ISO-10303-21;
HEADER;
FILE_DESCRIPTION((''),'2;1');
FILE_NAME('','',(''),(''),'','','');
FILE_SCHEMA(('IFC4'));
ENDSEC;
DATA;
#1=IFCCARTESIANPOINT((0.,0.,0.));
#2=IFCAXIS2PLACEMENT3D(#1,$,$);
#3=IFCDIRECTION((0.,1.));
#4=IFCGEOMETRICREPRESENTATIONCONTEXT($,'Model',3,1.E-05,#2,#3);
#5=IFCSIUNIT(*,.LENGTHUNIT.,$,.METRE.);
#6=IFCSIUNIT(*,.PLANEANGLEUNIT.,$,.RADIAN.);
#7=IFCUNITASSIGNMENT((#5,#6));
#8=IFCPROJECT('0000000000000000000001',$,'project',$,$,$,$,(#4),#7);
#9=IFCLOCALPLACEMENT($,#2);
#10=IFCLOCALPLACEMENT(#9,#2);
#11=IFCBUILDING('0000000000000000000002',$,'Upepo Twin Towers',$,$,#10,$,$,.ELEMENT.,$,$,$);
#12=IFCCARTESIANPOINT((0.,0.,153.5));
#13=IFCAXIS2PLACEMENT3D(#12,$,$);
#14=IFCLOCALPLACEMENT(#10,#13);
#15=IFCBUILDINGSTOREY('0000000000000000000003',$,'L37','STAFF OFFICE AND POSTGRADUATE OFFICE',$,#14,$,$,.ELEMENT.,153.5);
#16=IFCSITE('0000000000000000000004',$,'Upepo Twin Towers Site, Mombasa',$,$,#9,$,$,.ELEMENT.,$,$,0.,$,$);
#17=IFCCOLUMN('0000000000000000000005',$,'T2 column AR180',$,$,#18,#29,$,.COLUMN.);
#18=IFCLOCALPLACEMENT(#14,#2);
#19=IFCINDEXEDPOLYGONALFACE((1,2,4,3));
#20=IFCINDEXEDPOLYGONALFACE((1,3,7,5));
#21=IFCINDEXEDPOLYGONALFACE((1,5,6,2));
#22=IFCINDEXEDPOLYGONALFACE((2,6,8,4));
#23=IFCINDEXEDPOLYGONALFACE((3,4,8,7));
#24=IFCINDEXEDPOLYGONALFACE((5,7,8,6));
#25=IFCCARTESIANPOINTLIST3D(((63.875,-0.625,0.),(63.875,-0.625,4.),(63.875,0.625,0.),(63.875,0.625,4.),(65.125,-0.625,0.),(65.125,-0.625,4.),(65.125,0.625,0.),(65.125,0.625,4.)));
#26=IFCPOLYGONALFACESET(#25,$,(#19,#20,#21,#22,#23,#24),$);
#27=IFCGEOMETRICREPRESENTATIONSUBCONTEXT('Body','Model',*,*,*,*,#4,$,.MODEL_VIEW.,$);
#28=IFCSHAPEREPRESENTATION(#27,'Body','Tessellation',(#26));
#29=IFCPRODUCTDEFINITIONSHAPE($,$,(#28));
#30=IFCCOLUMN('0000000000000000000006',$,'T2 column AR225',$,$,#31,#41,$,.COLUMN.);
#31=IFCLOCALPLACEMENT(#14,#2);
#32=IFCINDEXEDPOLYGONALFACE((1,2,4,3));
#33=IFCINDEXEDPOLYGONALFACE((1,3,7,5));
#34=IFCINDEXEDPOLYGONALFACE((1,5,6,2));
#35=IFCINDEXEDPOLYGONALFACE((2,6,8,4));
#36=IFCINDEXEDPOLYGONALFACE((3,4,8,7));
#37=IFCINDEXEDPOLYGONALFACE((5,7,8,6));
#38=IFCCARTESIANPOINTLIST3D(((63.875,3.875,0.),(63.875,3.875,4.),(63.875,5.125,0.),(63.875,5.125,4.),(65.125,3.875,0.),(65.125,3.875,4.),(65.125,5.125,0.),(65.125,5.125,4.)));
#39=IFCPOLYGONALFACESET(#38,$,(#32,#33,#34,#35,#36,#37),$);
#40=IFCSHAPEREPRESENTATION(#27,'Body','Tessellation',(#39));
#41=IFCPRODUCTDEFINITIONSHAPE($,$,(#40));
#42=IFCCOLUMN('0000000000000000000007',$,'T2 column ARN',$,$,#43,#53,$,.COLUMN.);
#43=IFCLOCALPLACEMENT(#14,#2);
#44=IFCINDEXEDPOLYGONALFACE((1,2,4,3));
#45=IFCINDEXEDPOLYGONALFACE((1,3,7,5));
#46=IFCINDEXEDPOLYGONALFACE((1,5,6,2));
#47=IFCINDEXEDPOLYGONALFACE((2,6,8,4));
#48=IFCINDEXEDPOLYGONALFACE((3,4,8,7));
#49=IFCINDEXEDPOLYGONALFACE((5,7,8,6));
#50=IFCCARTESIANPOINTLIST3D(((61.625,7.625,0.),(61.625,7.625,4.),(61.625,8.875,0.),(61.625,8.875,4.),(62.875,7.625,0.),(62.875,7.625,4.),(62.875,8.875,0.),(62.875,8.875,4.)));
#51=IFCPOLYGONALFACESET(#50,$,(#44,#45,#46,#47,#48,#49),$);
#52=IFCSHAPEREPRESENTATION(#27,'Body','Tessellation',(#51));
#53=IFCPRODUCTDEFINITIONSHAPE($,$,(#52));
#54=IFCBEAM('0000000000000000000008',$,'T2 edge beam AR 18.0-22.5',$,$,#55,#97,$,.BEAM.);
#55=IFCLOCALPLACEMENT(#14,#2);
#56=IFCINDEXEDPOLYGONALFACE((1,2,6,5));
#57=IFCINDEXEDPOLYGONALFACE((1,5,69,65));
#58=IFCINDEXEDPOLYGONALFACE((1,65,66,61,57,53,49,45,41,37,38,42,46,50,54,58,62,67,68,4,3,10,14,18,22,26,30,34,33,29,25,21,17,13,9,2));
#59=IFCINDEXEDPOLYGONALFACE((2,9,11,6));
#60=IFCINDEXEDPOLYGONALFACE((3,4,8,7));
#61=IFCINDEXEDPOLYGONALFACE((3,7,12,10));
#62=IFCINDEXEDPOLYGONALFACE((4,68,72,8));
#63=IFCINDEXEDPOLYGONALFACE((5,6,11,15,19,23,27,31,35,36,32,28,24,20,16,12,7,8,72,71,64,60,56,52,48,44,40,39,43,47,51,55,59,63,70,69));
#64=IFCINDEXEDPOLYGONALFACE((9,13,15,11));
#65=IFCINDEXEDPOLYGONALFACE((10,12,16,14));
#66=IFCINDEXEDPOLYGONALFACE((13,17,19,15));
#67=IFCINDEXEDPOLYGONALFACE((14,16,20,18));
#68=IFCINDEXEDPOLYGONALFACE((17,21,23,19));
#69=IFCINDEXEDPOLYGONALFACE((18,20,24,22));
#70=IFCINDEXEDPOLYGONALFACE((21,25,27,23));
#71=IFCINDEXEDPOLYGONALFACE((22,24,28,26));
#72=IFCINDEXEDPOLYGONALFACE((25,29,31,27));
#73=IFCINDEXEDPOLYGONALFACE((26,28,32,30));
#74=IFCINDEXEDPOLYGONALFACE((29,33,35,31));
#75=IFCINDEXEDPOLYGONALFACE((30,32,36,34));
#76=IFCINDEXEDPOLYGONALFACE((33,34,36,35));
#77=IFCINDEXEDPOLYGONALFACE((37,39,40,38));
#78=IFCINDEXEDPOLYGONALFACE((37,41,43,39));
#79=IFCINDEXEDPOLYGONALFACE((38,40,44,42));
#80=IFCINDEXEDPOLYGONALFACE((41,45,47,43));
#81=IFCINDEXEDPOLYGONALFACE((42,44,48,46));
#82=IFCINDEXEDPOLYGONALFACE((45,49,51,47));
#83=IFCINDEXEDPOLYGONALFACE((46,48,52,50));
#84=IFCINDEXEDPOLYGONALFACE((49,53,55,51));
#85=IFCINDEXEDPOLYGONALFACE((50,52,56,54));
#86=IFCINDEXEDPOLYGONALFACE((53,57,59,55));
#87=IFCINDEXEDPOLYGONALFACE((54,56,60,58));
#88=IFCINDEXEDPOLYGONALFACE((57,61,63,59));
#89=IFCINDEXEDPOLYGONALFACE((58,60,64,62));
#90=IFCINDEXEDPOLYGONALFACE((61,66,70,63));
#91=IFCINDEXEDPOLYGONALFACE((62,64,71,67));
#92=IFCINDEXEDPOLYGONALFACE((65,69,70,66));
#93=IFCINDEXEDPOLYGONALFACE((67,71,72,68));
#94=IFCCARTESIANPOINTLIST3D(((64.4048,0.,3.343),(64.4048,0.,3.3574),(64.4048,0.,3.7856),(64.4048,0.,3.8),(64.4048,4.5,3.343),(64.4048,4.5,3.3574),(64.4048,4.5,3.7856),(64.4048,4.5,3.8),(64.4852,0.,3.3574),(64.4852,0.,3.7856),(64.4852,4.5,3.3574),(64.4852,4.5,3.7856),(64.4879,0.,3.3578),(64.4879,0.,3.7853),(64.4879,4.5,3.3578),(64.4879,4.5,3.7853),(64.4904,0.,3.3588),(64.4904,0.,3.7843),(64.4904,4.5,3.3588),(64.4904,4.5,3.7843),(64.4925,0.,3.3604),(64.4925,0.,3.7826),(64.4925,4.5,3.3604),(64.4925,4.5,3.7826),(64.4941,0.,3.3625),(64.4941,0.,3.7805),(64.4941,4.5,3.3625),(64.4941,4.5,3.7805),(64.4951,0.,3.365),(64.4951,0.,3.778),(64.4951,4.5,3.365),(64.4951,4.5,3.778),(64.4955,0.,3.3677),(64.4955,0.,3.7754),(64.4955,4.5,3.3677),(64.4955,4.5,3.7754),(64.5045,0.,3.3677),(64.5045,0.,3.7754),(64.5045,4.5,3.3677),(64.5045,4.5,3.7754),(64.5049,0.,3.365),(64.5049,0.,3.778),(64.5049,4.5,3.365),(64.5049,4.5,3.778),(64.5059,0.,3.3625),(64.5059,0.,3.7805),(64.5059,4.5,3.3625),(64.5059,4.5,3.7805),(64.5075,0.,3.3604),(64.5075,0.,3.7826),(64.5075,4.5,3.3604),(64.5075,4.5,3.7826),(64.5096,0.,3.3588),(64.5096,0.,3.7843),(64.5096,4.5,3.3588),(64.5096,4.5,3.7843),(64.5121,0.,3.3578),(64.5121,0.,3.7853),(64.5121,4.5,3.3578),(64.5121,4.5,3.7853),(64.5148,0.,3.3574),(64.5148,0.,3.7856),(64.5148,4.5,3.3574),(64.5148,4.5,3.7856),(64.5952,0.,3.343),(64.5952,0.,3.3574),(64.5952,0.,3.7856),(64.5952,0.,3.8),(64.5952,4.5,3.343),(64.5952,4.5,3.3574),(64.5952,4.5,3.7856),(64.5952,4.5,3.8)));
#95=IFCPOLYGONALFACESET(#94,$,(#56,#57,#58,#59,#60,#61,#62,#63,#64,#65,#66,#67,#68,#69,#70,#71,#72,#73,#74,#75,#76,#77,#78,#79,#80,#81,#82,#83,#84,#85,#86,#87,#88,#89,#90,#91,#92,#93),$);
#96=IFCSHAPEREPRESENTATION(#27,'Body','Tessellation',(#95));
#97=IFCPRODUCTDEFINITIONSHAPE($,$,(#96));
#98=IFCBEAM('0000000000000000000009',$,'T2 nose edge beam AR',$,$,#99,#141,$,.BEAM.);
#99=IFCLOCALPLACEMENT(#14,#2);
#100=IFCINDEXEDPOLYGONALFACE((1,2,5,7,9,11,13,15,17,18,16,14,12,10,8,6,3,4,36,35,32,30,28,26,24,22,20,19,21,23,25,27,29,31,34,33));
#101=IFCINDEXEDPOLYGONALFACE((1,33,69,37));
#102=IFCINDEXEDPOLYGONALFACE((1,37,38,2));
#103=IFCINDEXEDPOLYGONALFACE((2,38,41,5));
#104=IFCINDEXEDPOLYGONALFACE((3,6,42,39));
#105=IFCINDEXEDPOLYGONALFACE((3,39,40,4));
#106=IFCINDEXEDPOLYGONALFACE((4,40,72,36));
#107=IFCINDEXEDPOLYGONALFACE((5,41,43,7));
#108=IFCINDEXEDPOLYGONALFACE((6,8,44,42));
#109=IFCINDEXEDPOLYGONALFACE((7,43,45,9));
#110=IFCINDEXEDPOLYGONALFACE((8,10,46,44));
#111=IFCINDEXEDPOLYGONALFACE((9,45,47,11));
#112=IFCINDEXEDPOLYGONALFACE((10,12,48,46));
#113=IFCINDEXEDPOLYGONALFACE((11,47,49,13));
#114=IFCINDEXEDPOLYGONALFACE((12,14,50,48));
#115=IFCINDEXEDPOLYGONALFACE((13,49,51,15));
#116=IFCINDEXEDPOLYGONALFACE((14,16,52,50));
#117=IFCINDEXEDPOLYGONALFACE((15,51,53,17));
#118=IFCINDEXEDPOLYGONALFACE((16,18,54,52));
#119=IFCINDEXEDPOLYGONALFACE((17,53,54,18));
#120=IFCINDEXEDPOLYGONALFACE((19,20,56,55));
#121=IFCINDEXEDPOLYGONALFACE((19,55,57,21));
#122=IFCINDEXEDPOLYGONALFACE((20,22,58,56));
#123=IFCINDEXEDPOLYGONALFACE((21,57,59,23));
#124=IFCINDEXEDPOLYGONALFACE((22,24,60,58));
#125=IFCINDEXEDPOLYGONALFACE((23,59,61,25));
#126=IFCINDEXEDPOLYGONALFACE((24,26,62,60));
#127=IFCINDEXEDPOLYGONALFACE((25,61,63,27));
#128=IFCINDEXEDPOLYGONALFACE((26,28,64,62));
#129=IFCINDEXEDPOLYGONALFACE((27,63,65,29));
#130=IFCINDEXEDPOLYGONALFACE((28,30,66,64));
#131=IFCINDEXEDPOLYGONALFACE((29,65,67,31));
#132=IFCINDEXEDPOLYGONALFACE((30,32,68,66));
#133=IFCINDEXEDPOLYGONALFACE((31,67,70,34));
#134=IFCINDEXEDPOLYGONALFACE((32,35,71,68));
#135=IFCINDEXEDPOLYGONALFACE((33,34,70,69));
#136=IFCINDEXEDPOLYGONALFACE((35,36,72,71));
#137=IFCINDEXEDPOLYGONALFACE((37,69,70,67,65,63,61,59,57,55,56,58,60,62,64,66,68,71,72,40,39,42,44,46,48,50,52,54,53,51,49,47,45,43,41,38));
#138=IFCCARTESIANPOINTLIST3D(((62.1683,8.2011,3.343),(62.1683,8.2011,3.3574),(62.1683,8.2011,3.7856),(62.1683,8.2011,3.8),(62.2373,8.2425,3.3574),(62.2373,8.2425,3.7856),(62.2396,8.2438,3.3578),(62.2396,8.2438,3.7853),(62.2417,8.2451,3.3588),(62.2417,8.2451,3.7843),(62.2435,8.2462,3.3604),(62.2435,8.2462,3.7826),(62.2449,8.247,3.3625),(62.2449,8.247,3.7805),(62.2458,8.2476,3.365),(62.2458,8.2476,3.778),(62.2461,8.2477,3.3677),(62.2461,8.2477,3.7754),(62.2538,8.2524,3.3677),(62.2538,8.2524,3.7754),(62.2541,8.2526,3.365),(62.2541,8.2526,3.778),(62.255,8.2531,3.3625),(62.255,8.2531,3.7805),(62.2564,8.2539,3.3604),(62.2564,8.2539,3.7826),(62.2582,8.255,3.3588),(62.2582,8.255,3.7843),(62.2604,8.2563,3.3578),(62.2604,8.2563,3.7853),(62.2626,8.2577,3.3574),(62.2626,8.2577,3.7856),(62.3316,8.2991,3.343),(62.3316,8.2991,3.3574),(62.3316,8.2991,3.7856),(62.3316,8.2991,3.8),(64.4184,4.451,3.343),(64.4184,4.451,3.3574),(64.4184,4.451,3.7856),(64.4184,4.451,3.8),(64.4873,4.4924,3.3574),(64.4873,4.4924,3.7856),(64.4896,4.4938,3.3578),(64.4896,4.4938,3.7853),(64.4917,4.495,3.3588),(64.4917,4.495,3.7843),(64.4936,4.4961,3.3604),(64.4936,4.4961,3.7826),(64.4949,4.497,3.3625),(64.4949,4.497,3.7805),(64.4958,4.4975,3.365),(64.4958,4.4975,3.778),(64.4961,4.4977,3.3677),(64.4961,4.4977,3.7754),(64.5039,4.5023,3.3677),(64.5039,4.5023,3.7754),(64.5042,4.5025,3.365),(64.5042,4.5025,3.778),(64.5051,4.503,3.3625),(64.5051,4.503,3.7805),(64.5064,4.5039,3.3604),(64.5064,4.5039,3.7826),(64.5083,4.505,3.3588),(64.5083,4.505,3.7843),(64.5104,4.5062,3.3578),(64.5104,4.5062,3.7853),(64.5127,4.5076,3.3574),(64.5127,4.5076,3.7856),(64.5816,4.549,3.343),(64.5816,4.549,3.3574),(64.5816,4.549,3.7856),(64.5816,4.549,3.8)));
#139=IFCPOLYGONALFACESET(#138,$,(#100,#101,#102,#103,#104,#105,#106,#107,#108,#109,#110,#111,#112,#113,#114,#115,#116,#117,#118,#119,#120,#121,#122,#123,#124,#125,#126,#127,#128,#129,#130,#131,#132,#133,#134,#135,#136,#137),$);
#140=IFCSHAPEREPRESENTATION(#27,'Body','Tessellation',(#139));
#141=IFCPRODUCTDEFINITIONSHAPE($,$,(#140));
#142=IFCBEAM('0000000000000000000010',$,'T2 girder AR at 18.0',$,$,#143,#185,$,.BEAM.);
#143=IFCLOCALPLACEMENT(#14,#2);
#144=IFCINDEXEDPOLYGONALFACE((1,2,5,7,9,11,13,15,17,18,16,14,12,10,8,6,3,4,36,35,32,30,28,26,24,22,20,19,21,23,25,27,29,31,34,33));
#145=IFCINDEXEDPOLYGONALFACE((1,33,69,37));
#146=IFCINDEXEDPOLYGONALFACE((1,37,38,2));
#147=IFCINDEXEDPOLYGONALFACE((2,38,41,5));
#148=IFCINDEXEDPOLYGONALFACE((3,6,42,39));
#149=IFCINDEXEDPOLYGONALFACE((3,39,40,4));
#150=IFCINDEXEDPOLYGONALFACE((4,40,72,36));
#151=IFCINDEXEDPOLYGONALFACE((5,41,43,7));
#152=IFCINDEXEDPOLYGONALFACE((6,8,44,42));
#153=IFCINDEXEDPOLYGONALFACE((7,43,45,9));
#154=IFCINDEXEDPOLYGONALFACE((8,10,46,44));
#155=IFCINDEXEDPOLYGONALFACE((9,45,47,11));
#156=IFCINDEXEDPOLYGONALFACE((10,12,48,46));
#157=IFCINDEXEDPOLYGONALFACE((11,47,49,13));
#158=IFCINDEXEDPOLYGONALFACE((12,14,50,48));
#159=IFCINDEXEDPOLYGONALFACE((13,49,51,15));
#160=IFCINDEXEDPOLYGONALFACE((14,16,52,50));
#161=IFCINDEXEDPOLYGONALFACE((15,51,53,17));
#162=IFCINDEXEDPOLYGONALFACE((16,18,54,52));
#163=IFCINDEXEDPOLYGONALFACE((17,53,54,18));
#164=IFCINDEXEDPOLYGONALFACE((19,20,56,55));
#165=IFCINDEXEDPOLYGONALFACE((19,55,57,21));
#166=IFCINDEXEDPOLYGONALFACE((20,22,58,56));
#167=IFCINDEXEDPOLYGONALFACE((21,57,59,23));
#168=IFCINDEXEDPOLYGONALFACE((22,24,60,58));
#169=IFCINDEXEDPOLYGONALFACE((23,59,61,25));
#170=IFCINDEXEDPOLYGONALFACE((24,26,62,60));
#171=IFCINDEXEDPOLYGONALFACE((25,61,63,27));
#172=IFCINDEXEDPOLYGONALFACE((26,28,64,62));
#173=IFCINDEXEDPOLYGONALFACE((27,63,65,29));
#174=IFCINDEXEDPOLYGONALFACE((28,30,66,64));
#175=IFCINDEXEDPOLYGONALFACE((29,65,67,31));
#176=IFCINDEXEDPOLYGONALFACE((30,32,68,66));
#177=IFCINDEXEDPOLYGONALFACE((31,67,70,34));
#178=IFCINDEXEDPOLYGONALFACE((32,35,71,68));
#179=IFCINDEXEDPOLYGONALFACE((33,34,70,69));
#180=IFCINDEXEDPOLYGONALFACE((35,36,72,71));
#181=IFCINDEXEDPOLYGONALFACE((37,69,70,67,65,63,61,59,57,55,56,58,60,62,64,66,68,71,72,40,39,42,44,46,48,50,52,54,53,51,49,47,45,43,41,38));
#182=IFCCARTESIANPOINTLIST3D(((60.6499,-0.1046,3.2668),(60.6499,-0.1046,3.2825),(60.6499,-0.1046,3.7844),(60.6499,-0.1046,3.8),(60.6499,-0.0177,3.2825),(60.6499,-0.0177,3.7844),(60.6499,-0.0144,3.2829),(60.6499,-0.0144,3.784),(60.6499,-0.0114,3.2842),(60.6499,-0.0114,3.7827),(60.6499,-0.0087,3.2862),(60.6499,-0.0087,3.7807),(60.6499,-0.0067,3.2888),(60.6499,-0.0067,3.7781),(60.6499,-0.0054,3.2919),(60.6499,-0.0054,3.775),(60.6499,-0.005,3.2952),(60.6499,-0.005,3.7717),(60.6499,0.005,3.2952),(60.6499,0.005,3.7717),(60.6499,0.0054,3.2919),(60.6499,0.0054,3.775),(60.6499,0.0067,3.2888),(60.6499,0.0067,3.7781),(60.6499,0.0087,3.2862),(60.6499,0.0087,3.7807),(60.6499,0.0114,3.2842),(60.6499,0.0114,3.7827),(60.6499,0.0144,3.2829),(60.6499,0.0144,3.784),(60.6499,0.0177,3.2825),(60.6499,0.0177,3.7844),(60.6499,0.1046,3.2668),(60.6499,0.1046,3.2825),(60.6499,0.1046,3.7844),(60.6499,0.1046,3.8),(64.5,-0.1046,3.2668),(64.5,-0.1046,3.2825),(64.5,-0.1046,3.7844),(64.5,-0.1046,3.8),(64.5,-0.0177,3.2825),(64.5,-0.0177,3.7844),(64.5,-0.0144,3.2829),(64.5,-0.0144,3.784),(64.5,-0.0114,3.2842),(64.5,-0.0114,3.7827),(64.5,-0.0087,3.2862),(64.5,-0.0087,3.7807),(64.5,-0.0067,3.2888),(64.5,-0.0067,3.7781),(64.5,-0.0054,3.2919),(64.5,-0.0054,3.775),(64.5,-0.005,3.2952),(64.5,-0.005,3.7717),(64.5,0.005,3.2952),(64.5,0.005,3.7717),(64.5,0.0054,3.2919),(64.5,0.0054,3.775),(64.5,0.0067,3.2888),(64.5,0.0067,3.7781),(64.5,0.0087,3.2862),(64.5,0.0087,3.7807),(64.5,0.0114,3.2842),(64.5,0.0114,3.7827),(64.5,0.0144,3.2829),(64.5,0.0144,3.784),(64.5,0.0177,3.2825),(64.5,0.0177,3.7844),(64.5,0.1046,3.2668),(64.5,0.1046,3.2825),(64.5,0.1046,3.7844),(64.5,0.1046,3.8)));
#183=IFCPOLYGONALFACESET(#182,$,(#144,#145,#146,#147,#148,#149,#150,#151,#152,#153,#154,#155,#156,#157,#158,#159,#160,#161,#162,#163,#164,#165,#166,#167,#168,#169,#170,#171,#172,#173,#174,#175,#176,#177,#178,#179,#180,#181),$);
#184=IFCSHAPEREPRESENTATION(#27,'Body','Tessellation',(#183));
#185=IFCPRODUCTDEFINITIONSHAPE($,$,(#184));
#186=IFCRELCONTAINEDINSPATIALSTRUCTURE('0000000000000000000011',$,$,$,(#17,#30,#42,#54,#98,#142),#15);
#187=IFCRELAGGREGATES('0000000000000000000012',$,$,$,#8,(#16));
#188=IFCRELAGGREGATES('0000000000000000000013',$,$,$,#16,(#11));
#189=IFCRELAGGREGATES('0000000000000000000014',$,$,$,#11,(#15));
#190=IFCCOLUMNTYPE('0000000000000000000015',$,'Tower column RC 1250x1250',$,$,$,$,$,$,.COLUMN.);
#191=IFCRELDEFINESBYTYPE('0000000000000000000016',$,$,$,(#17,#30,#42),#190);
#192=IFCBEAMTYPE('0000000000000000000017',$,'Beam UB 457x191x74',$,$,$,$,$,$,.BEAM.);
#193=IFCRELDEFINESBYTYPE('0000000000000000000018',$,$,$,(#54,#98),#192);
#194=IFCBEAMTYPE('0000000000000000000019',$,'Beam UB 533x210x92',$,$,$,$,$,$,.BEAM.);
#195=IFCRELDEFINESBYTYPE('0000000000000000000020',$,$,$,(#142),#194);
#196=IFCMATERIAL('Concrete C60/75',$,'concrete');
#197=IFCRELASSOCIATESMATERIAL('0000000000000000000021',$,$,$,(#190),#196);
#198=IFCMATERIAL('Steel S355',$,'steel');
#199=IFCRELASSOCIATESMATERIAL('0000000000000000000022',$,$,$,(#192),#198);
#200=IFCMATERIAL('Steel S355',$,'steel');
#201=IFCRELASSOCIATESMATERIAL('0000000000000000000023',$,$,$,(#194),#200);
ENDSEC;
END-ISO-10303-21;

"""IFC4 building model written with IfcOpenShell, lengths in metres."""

from ifc_helpers import new_model, si_unit, direction, frame, origin, origin_2d, place, context, subcontext, project, spatial, rectangle, i_section, extrude, material, material_profile, profile_set, type_object, element, save


model = new_model("IFC4")

# Units and contexts
model_context = context("Model", 3, precision=1e-05, world=origin(), true_north=direction((0.0, 1.0)))
body_context = subcontext(model_context, "Body", "Model", "MODEL_VIEW")
ifc_project = project(units=[si_unit("LENGTHUNIT", "METRE"), si_unit("PLANEANGLEUNIT", "RADIAN")], contexts=[model_context])

# Site, building, storey
site_placement = place(None, origin())
site = spatial("IfcSite", under=ifc_project, at=site_placement, Name="Upepo Twin Towers Site, Mombasa", CompositionType="ELEMENT", RefElevation=0.0)
building_placement = place(site_placement, origin())
building = spatial("IfcBuilding", under=site, at=building_placement, Name="Upepo Twin Towers", CompositionType="ELEMENT")
storey_placement = place(building_placement, frame((0.0, 0.0, 153.5)))
storey = spatial("IfcBuildingStorey", under=building, at=storey_placement, Name="L37", Description="STAFF OFFICE AND POSTGRADUATE OFFICE", CompositionType="ELEMENT", Elevation=153.5)

# Columns
ifc_material_1 = material(Name="Concrete C60/75", Category="concrete")
ifc_material_profile_1 = material_profile(ifc_material_1, rectangle(XDim=1.25, YDim=1.25, at=origin_2d()), Name="RC 1250x1250")
ifc_profile_set_1 = profile_set([ifc_material_profile_1], Name="Concrete C60/75")
column_type = type_object("IfcColumnType", Name="Tower column RC 1250x1250", PredefinedType="COLUMN", material=ifc_profile_set_1)
for number, where, z_axis, x_axis, name in (
    (1, (64.5, 0.0, 0.0), (0.0, 0.0, 1.0), (1.0, 0.0, 0.0), "T2 column AR180"),
    (2, (64.5, 4.5, 0.0), (0.0, 0.0, 1.0), (1.0, 0.0, 0.0), "T2 column AR225"),
    (3, (62.25, 8.25, 0.0), (0.0, 0.0, 1.0), (1.0, 0.0, 0.0), "T2 column ARN"),
):
    element("IfcColumn", number, at=place(storey_placement, frame(where, z_axis=z_axis, x_axis=x_axis)), inside=storey, type_object=column_type, Name=name, PredefinedType="COLUMN", context=body_context, shape_type="SweptSolid", body=[
        extrude(rectangle(XDim=1.25, YDim=1.25, at=origin_2d()), origin(), (0.0, 0.0, 1.0), 4.0),
    ])

# Beams
ifc_material_2 = material(Name="Steel S355", Category="steel")
ifc_material_profile_2 = material_profile(ifc_material_2, i_section(OverallWidth=0.1904, OverallDepth=0.457, WebThickness=0.009, FlangeThickness=0.0144, FilletRadius=0.0103, at=origin_2d()), Name="UB 457x191x74")
ifc_profile_set_2 = profile_set([ifc_material_profile_2], Name="Steel S355")
beam_type_1 = type_object("IfcBeamType", Name="Beam UB 457x191x74", PredefinedType="BEAM", material=ifc_profile_set_2)
beam_1_placement = place(storey_placement, frame((64.5, 0.0, 3.5715), z_axis=(0.0, 1.0, 0.0), x_axis=(-1.0, 0.0, 0.0)))
element("IfcBeam", 4, at=beam_1_placement, inside=storey, type_object=beam_type_1, Name="T2 edge beam AR 18.0-22.5", PredefinedType="BEAM", context=body_context, shape_type="SweptSolid", body=[
    extrude(i_section(OverallWidth=0.1904, OverallDepth=0.457, WebThickness=0.009, FlangeThickness=0.0144, FilletRadius=0.0103, at=origin_2d()), origin(), (0.0, 0.0, 1.0), 4.5),
])
beam_2_placement = place(storey_placement, frame((64.5, 4.5, 3.5715), z_axis=(-0.514496, 0.857493, 0.0), x_axis=(-0.857493, -0.514496, 0.0)))
element("IfcBeam", 5, at=beam_2_placement, inside=storey, type_object=beam_type_1, Name="T2 nose edge beam AR", PredefinedType="BEAM", context=body_context, shape_type="SweptSolid", body=[
    extrude(i_section(OverallWidth=0.1904, OverallDepth=0.457, WebThickness=0.009, FlangeThickness=0.0144, FilletRadius=0.0103, at=origin_2d()), origin(), (0.0, 0.0, 1.0), 4.3733),
])
ifc_material_3 = material(Name="Steel S355", Category="steel")
ifc_material_profile_3 = material_profile(ifc_material_3, i_section(OverallWidth=0.2092, OverallDepth=0.5332, WebThickness=0.01, FlangeThickness=0.0156, FilletRadius=0.0127, at=origin_2d()), Name="UB 533x210x92")
ifc_profile_set_3 = profile_set([ifc_material_profile_3], Name="Steel S355")
beam_type_2 = type_object("IfcBeamType", Name="Beam UB 533x210x92", PredefinedType="BEAM", material=ifc_profile_set_3)
for number, where, z_axis, x_axis, name in (
    (6, (64.5, 0.0, 3.5334), (-1.0, 0.0, 0.0), (0.0, -1.0, 0.0), "T2 girder AR at 18.0"),
):
    element("IfcBeam", number, at=place(storey_placement, frame(where, z_axis=z_axis, x_axis=x_axis)), inside=storey, type_object=beam_type_2, Name=name, PredefinedType="BEAM", context=body_context, shape_type="SweptSolid", body=[
        extrude(i_section(OverallWidth=0.2092, OverallDepth=0.5332, WebThickness=0.01, FlangeThickness=0.0156, FilletRadius=0.0127, at=origin_2d()), origin(), (0.0, 0.0, 1.0), 3.8501),
    ])

save(model, "model.ifc")
